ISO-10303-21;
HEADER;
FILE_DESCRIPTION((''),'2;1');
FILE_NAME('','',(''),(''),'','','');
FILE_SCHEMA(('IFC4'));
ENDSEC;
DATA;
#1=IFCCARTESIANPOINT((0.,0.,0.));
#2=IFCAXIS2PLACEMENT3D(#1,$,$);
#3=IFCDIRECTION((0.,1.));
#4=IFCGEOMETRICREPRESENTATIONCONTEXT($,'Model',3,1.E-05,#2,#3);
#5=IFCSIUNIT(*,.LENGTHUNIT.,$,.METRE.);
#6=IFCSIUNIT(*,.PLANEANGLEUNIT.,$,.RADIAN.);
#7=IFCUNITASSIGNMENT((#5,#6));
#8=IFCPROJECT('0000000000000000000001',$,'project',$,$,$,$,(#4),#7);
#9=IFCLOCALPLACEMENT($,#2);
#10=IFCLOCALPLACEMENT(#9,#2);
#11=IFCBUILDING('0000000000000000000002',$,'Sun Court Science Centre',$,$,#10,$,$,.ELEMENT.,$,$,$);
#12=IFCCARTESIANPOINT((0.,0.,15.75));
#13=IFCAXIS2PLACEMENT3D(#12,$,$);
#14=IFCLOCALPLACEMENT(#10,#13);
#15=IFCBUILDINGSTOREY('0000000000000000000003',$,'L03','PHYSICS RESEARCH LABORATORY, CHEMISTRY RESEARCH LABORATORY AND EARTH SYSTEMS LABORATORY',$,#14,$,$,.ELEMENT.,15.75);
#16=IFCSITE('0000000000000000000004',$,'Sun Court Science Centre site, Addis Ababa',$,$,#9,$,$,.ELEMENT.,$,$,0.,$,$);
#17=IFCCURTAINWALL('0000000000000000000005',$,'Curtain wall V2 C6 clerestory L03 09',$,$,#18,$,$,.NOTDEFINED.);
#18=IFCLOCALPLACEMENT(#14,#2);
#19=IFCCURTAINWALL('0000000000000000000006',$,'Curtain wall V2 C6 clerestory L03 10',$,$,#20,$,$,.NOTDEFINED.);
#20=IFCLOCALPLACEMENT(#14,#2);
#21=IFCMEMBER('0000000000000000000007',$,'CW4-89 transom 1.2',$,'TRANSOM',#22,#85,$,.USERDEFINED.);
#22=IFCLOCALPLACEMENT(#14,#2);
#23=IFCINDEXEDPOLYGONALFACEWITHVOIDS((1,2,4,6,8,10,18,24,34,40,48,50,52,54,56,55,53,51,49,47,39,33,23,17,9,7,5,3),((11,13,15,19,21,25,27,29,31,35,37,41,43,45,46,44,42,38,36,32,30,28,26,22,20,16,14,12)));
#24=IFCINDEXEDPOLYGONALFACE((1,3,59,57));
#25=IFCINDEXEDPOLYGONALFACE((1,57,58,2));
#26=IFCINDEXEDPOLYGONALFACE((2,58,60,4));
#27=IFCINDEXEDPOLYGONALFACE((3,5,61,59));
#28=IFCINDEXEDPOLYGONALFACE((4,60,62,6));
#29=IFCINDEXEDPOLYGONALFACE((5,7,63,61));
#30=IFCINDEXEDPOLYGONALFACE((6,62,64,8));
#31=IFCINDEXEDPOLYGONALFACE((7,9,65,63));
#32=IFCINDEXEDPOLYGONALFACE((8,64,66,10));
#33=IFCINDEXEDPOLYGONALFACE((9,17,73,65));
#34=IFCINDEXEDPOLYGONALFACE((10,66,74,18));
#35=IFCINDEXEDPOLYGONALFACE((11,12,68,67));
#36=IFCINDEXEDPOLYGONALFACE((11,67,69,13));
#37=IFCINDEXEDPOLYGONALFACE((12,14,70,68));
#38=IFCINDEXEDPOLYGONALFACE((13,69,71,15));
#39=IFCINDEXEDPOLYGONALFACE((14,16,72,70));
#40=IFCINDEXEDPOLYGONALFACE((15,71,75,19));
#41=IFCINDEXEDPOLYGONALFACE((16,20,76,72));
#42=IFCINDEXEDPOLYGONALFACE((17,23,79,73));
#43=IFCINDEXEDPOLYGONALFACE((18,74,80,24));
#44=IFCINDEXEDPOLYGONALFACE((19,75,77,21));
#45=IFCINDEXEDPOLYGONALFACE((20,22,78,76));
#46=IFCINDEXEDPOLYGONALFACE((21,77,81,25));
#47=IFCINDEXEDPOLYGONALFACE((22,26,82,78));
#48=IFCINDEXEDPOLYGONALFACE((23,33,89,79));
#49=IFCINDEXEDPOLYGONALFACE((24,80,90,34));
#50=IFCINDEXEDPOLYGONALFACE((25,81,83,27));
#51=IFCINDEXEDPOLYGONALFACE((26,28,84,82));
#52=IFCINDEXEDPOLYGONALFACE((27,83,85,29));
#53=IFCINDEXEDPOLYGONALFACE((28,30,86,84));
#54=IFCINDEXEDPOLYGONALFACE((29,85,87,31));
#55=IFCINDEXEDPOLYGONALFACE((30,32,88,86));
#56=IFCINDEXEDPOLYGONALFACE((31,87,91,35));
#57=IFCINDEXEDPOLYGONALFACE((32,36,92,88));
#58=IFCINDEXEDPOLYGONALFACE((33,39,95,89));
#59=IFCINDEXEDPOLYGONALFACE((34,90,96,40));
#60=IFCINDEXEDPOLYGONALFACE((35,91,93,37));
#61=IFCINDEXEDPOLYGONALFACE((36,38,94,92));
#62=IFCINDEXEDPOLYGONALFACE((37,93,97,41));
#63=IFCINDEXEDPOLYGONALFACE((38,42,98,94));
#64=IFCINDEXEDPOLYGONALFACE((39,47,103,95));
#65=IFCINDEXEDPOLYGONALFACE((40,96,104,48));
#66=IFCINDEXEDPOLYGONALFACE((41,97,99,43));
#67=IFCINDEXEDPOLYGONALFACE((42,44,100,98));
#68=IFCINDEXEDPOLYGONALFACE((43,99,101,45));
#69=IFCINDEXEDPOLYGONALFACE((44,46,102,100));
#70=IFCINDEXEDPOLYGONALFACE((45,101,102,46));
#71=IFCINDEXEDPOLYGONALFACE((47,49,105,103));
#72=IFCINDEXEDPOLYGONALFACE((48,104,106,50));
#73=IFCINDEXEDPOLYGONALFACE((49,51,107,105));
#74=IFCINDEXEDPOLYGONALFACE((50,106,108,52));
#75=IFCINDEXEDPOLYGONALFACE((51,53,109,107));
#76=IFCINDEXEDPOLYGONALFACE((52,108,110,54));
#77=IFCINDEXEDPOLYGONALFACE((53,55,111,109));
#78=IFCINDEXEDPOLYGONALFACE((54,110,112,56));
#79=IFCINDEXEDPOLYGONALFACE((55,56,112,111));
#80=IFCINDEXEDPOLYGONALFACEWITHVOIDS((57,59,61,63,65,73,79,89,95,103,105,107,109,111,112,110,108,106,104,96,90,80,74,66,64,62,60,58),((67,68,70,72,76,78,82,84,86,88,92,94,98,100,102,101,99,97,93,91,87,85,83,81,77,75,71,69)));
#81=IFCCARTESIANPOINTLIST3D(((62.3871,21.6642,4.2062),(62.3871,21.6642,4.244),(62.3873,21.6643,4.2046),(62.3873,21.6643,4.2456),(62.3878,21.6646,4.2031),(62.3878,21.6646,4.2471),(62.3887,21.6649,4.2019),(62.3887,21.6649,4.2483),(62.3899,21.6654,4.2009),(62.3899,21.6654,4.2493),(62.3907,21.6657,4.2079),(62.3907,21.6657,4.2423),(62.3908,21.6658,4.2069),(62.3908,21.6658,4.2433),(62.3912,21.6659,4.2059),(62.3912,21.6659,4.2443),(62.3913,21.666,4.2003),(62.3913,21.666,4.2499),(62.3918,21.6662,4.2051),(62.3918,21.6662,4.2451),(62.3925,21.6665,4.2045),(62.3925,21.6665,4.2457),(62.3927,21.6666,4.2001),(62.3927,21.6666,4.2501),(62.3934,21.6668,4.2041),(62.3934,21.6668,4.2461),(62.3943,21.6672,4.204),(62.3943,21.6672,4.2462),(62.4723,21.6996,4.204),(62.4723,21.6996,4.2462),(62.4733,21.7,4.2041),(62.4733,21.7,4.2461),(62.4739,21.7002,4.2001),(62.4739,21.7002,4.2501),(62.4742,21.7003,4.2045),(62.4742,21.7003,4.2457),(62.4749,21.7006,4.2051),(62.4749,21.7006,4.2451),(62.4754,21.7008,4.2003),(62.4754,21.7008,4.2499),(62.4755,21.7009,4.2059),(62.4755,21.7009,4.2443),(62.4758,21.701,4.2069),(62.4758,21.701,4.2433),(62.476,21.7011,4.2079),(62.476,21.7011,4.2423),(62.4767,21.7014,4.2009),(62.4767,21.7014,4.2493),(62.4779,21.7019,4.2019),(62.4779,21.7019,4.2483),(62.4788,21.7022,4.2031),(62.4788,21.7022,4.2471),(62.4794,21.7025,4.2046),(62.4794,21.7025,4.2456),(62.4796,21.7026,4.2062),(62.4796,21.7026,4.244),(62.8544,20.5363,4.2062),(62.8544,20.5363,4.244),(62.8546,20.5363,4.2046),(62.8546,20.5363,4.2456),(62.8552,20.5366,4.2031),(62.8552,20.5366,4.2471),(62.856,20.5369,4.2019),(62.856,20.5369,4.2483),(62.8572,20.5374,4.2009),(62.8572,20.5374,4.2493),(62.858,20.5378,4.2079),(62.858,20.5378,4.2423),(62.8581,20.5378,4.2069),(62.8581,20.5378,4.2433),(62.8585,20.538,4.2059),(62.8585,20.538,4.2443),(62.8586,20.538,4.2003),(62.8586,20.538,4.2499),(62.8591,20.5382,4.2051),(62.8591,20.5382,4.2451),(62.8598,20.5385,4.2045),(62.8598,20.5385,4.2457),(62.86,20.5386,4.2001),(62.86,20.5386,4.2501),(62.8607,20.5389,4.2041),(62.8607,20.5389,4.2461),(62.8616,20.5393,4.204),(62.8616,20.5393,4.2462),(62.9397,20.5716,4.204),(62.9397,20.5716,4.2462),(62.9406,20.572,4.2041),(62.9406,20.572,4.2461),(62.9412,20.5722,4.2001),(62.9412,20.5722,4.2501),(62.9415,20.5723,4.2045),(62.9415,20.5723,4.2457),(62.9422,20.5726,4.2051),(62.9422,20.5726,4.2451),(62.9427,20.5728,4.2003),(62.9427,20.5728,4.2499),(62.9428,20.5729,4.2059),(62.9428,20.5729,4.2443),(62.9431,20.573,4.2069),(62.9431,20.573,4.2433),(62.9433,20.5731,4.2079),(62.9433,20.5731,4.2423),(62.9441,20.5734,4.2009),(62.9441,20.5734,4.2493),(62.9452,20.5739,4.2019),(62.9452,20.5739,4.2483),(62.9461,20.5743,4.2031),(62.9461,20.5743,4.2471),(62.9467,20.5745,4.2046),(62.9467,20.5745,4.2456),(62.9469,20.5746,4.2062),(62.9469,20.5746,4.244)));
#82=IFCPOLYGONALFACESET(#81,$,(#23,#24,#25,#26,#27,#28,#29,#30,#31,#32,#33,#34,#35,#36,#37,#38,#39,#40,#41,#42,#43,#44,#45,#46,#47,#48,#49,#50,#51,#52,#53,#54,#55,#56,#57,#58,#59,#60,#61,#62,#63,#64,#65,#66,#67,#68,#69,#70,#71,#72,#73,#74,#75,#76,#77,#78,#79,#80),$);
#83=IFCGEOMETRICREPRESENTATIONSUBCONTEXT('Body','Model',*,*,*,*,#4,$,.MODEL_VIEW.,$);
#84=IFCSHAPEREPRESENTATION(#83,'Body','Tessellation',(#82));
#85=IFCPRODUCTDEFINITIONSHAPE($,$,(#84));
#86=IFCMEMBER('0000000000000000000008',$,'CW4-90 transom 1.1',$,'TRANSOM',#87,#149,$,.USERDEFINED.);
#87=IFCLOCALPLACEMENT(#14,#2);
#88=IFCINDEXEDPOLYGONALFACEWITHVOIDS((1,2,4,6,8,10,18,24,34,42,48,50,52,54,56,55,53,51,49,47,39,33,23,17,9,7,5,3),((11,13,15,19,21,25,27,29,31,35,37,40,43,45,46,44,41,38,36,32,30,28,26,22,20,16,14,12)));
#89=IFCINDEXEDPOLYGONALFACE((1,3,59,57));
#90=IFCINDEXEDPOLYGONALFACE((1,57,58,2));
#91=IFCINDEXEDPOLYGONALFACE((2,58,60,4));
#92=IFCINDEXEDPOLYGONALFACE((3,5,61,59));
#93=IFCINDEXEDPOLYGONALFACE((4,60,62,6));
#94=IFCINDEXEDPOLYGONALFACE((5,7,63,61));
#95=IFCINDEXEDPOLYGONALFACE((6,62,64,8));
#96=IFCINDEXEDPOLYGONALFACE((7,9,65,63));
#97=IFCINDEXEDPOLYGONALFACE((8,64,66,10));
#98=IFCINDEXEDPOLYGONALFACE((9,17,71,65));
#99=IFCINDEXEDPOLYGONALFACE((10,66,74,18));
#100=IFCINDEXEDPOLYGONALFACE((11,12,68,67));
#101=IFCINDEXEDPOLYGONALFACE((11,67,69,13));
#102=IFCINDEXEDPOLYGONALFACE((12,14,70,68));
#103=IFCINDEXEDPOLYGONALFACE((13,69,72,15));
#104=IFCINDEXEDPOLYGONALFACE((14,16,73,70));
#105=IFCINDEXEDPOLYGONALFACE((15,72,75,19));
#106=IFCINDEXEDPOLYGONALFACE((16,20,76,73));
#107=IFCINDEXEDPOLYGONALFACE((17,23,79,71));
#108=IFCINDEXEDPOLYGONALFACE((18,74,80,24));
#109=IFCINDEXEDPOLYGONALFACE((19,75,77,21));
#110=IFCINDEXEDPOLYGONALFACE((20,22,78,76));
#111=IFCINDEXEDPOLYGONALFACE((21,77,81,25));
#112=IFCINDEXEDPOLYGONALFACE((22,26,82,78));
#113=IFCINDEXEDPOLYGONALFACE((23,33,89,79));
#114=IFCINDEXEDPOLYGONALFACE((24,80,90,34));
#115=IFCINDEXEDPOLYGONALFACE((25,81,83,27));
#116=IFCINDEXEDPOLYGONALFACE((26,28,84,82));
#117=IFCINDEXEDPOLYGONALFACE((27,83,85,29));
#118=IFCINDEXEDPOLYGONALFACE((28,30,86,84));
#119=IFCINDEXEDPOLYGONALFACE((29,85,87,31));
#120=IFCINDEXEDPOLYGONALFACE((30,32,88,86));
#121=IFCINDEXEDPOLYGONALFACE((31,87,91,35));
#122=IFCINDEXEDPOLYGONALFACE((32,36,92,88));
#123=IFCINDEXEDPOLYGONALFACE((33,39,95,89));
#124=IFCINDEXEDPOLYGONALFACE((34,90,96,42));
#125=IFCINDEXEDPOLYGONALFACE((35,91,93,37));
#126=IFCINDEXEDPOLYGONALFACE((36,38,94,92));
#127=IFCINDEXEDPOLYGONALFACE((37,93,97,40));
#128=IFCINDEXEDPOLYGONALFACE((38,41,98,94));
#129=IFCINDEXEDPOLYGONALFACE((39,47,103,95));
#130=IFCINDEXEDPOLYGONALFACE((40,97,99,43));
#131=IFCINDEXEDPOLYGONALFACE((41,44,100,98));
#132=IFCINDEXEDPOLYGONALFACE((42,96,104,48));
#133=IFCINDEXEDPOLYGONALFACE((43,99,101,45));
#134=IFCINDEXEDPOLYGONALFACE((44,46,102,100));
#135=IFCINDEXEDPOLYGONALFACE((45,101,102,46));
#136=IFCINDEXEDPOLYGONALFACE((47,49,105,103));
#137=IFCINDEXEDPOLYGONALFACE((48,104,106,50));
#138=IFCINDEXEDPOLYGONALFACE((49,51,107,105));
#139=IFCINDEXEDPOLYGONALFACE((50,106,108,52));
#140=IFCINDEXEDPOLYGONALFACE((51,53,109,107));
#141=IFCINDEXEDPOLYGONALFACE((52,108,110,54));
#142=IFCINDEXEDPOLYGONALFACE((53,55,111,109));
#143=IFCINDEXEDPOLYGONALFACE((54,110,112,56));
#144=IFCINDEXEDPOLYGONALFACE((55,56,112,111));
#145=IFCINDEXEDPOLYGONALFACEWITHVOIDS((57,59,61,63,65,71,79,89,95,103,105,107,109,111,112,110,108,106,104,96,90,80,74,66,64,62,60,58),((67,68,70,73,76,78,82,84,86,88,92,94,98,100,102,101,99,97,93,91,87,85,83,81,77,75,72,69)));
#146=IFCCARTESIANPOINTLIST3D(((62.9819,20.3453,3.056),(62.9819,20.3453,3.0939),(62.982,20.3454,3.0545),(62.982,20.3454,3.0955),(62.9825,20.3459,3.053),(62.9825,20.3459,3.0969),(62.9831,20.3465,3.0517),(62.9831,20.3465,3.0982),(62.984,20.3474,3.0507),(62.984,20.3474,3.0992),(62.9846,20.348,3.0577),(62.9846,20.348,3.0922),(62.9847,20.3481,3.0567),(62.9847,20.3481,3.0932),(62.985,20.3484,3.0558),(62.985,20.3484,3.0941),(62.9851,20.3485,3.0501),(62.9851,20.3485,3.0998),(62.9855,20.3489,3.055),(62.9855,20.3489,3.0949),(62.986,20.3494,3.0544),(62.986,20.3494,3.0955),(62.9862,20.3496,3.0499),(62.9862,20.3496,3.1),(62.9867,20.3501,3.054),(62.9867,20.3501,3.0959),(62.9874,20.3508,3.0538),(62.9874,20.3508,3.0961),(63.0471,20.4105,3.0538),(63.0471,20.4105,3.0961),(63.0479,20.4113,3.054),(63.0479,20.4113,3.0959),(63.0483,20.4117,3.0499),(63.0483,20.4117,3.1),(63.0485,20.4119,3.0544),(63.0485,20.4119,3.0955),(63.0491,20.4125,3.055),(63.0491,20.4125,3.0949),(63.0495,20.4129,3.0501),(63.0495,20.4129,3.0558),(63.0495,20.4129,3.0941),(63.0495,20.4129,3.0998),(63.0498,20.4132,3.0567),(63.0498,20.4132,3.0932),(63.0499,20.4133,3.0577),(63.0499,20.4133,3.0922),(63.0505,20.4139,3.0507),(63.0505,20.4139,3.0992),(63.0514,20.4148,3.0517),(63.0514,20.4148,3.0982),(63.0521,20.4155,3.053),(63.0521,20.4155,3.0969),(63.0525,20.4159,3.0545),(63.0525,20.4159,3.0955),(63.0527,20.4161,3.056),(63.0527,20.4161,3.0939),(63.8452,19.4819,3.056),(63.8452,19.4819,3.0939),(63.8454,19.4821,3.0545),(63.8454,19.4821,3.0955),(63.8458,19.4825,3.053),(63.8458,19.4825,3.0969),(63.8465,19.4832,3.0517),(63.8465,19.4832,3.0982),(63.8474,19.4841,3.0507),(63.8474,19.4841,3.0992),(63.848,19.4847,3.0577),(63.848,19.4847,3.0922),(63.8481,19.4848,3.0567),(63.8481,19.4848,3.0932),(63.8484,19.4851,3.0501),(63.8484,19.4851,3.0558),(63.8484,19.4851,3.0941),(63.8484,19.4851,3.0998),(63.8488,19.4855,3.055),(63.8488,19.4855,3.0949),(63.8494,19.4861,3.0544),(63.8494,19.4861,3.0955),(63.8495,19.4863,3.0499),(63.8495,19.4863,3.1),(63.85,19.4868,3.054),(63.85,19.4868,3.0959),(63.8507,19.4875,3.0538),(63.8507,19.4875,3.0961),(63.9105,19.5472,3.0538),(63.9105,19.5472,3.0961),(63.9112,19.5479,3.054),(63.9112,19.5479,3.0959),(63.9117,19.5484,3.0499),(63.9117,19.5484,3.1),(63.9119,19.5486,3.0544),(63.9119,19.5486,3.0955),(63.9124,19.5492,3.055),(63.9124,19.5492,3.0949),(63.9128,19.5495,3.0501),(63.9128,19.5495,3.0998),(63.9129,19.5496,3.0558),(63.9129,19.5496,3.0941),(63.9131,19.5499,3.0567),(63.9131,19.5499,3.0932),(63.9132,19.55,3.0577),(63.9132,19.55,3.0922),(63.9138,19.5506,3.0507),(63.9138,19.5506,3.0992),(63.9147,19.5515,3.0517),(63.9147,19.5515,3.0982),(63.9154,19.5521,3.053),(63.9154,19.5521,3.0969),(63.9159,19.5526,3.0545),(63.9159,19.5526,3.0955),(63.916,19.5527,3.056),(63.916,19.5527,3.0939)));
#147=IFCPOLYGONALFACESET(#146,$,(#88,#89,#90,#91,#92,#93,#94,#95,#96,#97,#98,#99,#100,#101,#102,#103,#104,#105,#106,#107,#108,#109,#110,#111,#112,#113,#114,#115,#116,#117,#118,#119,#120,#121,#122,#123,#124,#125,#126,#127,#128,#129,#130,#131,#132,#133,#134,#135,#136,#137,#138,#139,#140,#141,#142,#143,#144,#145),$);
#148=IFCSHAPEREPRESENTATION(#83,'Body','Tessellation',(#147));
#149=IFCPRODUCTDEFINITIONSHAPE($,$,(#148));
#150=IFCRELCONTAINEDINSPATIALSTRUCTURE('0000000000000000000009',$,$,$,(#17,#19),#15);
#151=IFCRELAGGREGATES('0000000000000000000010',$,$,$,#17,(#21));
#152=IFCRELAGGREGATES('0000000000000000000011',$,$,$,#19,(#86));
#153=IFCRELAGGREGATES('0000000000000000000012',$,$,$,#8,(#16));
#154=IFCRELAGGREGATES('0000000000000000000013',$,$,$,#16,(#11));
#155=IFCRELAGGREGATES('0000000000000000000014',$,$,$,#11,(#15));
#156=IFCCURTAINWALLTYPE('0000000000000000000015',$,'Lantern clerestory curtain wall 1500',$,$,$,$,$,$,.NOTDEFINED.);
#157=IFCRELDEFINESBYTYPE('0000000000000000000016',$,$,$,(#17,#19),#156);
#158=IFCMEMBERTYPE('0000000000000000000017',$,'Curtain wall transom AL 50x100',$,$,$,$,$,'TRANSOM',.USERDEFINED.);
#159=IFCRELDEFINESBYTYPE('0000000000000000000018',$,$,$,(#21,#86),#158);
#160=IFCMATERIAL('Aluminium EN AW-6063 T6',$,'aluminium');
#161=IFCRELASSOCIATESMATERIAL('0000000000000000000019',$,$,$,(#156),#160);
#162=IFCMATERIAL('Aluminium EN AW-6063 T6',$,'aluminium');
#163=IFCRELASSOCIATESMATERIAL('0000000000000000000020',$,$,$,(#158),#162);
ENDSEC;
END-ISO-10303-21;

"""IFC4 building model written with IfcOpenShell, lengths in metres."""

from ifc_helpers import new_model, si_unit, direction, frame, origin, origin_2d, place, context, subcontext, project, spatial, hollow_rectangle, extrude, material, material_profile, profile_set, type_object, element, aggregate, save


model = new_model("IFC4")

# Units and contexts
model_context = context("Model", 3, precision=1e-05, world=origin(), true_north=direction((0.0, 1.0)))
body_context = subcontext(model_context, "Body", "Model", "MODEL_VIEW")
ifc_project = project(units=[si_unit("LENGTHUNIT", "METRE"), si_unit("PLANEANGLEUNIT", "RADIAN")], contexts=[model_context])

# Site, building, storey
site_placement = place(None, origin())
site = spatial("IfcSite", under=ifc_project, at=site_placement, Name="Sun Court Science Centre site, Addis Ababa", CompositionType="ELEMENT", RefElevation=0.0)
building_placement = place(site_placement, origin())
building = spatial("IfcBuilding", under=site, at=building_placement, Name="Sun Court Science Centre", CompositionType="ELEMENT")
storey_placement = place(building_placement, frame((0.0, 0.0, 15.75)))
storey = spatial("IfcBuildingStorey", under=building, at=storey_placement, Name="L03", Description="PHYSICS RESEARCH LABORATORY, CHEMISTRY RESEARCH LABORATORY AND EARTH SYSTEMS LABORATORY", CompositionType="ELEMENT", Elevation=15.75)

# Curtain walls
ifc_material_1 = material(Name="Aluminium EN AW-6063 T6", Category="aluminium")
curtain_wall_type = type_object("IfcCurtainWallType", Name="Lantern clerestory curtain wall 1500", PredefinedType="NOTDEFINED", material=ifc_material_1)
curtain_wall_1_placement = place(storey_placement, origin())
curtain_wall_1 = element("IfcCurtainWall", 1, at=curtain_wall_1_placement, inside=storey, type_object=curtain_wall_type, Name="Curtain wall V2 C6 clerestory L03 09", PredefinedType="NOTDEFINED")
curtain_wall_2_placement = place(storey_placement, origin())
curtain_wall_2 = element("IfcCurtainWall", 2, at=curtain_wall_2_placement, inside=storey, type_object=curtain_wall_type, Name="Curtain wall V2 C6 clerestory L03 10", PredefinedType="NOTDEFINED")

# Members
ifc_material_2 = material(Name="Aluminium EN AW-6063 T6", Category="aluminium")
ifc_material_profile_1 = material_profile(ifc_material_2, hollow_rectangle(XDim=0.05, YDim=0.1001, WallThickness=0.0039, InnerFilletRadius=0.0039, OuterFilletRadius=0.0061, at=origin_2d()), Name="AL 50x100x4")
ifc_profile_set_1 = profile_set([ifc_material_profile_1], Name="Aluminium EN AW-6063 T6")
member_type_1 = type_object("IfcMemberType", Name="Curtain wall transom AL 50x100", ElementType="TRANSOM", PredefinedType="USERDEFINED", material=ifc_profile_set_1)
member_1_placement = place(storey_placement, frame((62.9006, 20.5554, 4.2251), z_axis=(-0.38274, 0.923856, 0.0), x_axis=(0.0, 0.0, 1.0)))
member_1 = element("IfcMember", 3, at=member_1_placement, type_object=member_type_1, Name="CW4-89 transom 1.2", ObjectType="TRANSOM", PredefinedType="USERDEFINED", context=body_context, shape_type="SweptSolid", body=[
    extrude(hollow_rectangle(XDim=0.05, YDim=0.1001, WallThickness=0.0039, InnerFilletRadius=0.0039, OuterFilletRadius=0.0061, at=origin_2d()), origin(), (0.0, 0.0, 1.0), 1.2209),
])
member_2_placement = place(storey_placement, frame((63.8806, 19.5173, 3.075), z_axis=(-0.707107, 0.707107, 0.0), x_axis=(0.0, 0.0, 1.0)))
member_2 = element("IfcMember", 4, at=member_2_placement, type_object=member_type_1, Name="CW4-90 transom 1.1", ObjectType="TRANSOM", PredefinedType="USERDEFINED", context=body_context, shape_type="SweptSolid", body=[
    extrude(hollow_rectangle(XDim=0.05, YDim=0.1001, WallThickness=0.0039, InnerFilletRadius=0.0039, OuterFilletRadius=0.0061, at=origin_2d()), origin(), (0.0, 0.0, 1.0), 1.2209),
])

aggregate(curtain_wall_1, [member_1])
aggregate(curtain_wall_2, [member_2])

save(model, "model.ifc")
